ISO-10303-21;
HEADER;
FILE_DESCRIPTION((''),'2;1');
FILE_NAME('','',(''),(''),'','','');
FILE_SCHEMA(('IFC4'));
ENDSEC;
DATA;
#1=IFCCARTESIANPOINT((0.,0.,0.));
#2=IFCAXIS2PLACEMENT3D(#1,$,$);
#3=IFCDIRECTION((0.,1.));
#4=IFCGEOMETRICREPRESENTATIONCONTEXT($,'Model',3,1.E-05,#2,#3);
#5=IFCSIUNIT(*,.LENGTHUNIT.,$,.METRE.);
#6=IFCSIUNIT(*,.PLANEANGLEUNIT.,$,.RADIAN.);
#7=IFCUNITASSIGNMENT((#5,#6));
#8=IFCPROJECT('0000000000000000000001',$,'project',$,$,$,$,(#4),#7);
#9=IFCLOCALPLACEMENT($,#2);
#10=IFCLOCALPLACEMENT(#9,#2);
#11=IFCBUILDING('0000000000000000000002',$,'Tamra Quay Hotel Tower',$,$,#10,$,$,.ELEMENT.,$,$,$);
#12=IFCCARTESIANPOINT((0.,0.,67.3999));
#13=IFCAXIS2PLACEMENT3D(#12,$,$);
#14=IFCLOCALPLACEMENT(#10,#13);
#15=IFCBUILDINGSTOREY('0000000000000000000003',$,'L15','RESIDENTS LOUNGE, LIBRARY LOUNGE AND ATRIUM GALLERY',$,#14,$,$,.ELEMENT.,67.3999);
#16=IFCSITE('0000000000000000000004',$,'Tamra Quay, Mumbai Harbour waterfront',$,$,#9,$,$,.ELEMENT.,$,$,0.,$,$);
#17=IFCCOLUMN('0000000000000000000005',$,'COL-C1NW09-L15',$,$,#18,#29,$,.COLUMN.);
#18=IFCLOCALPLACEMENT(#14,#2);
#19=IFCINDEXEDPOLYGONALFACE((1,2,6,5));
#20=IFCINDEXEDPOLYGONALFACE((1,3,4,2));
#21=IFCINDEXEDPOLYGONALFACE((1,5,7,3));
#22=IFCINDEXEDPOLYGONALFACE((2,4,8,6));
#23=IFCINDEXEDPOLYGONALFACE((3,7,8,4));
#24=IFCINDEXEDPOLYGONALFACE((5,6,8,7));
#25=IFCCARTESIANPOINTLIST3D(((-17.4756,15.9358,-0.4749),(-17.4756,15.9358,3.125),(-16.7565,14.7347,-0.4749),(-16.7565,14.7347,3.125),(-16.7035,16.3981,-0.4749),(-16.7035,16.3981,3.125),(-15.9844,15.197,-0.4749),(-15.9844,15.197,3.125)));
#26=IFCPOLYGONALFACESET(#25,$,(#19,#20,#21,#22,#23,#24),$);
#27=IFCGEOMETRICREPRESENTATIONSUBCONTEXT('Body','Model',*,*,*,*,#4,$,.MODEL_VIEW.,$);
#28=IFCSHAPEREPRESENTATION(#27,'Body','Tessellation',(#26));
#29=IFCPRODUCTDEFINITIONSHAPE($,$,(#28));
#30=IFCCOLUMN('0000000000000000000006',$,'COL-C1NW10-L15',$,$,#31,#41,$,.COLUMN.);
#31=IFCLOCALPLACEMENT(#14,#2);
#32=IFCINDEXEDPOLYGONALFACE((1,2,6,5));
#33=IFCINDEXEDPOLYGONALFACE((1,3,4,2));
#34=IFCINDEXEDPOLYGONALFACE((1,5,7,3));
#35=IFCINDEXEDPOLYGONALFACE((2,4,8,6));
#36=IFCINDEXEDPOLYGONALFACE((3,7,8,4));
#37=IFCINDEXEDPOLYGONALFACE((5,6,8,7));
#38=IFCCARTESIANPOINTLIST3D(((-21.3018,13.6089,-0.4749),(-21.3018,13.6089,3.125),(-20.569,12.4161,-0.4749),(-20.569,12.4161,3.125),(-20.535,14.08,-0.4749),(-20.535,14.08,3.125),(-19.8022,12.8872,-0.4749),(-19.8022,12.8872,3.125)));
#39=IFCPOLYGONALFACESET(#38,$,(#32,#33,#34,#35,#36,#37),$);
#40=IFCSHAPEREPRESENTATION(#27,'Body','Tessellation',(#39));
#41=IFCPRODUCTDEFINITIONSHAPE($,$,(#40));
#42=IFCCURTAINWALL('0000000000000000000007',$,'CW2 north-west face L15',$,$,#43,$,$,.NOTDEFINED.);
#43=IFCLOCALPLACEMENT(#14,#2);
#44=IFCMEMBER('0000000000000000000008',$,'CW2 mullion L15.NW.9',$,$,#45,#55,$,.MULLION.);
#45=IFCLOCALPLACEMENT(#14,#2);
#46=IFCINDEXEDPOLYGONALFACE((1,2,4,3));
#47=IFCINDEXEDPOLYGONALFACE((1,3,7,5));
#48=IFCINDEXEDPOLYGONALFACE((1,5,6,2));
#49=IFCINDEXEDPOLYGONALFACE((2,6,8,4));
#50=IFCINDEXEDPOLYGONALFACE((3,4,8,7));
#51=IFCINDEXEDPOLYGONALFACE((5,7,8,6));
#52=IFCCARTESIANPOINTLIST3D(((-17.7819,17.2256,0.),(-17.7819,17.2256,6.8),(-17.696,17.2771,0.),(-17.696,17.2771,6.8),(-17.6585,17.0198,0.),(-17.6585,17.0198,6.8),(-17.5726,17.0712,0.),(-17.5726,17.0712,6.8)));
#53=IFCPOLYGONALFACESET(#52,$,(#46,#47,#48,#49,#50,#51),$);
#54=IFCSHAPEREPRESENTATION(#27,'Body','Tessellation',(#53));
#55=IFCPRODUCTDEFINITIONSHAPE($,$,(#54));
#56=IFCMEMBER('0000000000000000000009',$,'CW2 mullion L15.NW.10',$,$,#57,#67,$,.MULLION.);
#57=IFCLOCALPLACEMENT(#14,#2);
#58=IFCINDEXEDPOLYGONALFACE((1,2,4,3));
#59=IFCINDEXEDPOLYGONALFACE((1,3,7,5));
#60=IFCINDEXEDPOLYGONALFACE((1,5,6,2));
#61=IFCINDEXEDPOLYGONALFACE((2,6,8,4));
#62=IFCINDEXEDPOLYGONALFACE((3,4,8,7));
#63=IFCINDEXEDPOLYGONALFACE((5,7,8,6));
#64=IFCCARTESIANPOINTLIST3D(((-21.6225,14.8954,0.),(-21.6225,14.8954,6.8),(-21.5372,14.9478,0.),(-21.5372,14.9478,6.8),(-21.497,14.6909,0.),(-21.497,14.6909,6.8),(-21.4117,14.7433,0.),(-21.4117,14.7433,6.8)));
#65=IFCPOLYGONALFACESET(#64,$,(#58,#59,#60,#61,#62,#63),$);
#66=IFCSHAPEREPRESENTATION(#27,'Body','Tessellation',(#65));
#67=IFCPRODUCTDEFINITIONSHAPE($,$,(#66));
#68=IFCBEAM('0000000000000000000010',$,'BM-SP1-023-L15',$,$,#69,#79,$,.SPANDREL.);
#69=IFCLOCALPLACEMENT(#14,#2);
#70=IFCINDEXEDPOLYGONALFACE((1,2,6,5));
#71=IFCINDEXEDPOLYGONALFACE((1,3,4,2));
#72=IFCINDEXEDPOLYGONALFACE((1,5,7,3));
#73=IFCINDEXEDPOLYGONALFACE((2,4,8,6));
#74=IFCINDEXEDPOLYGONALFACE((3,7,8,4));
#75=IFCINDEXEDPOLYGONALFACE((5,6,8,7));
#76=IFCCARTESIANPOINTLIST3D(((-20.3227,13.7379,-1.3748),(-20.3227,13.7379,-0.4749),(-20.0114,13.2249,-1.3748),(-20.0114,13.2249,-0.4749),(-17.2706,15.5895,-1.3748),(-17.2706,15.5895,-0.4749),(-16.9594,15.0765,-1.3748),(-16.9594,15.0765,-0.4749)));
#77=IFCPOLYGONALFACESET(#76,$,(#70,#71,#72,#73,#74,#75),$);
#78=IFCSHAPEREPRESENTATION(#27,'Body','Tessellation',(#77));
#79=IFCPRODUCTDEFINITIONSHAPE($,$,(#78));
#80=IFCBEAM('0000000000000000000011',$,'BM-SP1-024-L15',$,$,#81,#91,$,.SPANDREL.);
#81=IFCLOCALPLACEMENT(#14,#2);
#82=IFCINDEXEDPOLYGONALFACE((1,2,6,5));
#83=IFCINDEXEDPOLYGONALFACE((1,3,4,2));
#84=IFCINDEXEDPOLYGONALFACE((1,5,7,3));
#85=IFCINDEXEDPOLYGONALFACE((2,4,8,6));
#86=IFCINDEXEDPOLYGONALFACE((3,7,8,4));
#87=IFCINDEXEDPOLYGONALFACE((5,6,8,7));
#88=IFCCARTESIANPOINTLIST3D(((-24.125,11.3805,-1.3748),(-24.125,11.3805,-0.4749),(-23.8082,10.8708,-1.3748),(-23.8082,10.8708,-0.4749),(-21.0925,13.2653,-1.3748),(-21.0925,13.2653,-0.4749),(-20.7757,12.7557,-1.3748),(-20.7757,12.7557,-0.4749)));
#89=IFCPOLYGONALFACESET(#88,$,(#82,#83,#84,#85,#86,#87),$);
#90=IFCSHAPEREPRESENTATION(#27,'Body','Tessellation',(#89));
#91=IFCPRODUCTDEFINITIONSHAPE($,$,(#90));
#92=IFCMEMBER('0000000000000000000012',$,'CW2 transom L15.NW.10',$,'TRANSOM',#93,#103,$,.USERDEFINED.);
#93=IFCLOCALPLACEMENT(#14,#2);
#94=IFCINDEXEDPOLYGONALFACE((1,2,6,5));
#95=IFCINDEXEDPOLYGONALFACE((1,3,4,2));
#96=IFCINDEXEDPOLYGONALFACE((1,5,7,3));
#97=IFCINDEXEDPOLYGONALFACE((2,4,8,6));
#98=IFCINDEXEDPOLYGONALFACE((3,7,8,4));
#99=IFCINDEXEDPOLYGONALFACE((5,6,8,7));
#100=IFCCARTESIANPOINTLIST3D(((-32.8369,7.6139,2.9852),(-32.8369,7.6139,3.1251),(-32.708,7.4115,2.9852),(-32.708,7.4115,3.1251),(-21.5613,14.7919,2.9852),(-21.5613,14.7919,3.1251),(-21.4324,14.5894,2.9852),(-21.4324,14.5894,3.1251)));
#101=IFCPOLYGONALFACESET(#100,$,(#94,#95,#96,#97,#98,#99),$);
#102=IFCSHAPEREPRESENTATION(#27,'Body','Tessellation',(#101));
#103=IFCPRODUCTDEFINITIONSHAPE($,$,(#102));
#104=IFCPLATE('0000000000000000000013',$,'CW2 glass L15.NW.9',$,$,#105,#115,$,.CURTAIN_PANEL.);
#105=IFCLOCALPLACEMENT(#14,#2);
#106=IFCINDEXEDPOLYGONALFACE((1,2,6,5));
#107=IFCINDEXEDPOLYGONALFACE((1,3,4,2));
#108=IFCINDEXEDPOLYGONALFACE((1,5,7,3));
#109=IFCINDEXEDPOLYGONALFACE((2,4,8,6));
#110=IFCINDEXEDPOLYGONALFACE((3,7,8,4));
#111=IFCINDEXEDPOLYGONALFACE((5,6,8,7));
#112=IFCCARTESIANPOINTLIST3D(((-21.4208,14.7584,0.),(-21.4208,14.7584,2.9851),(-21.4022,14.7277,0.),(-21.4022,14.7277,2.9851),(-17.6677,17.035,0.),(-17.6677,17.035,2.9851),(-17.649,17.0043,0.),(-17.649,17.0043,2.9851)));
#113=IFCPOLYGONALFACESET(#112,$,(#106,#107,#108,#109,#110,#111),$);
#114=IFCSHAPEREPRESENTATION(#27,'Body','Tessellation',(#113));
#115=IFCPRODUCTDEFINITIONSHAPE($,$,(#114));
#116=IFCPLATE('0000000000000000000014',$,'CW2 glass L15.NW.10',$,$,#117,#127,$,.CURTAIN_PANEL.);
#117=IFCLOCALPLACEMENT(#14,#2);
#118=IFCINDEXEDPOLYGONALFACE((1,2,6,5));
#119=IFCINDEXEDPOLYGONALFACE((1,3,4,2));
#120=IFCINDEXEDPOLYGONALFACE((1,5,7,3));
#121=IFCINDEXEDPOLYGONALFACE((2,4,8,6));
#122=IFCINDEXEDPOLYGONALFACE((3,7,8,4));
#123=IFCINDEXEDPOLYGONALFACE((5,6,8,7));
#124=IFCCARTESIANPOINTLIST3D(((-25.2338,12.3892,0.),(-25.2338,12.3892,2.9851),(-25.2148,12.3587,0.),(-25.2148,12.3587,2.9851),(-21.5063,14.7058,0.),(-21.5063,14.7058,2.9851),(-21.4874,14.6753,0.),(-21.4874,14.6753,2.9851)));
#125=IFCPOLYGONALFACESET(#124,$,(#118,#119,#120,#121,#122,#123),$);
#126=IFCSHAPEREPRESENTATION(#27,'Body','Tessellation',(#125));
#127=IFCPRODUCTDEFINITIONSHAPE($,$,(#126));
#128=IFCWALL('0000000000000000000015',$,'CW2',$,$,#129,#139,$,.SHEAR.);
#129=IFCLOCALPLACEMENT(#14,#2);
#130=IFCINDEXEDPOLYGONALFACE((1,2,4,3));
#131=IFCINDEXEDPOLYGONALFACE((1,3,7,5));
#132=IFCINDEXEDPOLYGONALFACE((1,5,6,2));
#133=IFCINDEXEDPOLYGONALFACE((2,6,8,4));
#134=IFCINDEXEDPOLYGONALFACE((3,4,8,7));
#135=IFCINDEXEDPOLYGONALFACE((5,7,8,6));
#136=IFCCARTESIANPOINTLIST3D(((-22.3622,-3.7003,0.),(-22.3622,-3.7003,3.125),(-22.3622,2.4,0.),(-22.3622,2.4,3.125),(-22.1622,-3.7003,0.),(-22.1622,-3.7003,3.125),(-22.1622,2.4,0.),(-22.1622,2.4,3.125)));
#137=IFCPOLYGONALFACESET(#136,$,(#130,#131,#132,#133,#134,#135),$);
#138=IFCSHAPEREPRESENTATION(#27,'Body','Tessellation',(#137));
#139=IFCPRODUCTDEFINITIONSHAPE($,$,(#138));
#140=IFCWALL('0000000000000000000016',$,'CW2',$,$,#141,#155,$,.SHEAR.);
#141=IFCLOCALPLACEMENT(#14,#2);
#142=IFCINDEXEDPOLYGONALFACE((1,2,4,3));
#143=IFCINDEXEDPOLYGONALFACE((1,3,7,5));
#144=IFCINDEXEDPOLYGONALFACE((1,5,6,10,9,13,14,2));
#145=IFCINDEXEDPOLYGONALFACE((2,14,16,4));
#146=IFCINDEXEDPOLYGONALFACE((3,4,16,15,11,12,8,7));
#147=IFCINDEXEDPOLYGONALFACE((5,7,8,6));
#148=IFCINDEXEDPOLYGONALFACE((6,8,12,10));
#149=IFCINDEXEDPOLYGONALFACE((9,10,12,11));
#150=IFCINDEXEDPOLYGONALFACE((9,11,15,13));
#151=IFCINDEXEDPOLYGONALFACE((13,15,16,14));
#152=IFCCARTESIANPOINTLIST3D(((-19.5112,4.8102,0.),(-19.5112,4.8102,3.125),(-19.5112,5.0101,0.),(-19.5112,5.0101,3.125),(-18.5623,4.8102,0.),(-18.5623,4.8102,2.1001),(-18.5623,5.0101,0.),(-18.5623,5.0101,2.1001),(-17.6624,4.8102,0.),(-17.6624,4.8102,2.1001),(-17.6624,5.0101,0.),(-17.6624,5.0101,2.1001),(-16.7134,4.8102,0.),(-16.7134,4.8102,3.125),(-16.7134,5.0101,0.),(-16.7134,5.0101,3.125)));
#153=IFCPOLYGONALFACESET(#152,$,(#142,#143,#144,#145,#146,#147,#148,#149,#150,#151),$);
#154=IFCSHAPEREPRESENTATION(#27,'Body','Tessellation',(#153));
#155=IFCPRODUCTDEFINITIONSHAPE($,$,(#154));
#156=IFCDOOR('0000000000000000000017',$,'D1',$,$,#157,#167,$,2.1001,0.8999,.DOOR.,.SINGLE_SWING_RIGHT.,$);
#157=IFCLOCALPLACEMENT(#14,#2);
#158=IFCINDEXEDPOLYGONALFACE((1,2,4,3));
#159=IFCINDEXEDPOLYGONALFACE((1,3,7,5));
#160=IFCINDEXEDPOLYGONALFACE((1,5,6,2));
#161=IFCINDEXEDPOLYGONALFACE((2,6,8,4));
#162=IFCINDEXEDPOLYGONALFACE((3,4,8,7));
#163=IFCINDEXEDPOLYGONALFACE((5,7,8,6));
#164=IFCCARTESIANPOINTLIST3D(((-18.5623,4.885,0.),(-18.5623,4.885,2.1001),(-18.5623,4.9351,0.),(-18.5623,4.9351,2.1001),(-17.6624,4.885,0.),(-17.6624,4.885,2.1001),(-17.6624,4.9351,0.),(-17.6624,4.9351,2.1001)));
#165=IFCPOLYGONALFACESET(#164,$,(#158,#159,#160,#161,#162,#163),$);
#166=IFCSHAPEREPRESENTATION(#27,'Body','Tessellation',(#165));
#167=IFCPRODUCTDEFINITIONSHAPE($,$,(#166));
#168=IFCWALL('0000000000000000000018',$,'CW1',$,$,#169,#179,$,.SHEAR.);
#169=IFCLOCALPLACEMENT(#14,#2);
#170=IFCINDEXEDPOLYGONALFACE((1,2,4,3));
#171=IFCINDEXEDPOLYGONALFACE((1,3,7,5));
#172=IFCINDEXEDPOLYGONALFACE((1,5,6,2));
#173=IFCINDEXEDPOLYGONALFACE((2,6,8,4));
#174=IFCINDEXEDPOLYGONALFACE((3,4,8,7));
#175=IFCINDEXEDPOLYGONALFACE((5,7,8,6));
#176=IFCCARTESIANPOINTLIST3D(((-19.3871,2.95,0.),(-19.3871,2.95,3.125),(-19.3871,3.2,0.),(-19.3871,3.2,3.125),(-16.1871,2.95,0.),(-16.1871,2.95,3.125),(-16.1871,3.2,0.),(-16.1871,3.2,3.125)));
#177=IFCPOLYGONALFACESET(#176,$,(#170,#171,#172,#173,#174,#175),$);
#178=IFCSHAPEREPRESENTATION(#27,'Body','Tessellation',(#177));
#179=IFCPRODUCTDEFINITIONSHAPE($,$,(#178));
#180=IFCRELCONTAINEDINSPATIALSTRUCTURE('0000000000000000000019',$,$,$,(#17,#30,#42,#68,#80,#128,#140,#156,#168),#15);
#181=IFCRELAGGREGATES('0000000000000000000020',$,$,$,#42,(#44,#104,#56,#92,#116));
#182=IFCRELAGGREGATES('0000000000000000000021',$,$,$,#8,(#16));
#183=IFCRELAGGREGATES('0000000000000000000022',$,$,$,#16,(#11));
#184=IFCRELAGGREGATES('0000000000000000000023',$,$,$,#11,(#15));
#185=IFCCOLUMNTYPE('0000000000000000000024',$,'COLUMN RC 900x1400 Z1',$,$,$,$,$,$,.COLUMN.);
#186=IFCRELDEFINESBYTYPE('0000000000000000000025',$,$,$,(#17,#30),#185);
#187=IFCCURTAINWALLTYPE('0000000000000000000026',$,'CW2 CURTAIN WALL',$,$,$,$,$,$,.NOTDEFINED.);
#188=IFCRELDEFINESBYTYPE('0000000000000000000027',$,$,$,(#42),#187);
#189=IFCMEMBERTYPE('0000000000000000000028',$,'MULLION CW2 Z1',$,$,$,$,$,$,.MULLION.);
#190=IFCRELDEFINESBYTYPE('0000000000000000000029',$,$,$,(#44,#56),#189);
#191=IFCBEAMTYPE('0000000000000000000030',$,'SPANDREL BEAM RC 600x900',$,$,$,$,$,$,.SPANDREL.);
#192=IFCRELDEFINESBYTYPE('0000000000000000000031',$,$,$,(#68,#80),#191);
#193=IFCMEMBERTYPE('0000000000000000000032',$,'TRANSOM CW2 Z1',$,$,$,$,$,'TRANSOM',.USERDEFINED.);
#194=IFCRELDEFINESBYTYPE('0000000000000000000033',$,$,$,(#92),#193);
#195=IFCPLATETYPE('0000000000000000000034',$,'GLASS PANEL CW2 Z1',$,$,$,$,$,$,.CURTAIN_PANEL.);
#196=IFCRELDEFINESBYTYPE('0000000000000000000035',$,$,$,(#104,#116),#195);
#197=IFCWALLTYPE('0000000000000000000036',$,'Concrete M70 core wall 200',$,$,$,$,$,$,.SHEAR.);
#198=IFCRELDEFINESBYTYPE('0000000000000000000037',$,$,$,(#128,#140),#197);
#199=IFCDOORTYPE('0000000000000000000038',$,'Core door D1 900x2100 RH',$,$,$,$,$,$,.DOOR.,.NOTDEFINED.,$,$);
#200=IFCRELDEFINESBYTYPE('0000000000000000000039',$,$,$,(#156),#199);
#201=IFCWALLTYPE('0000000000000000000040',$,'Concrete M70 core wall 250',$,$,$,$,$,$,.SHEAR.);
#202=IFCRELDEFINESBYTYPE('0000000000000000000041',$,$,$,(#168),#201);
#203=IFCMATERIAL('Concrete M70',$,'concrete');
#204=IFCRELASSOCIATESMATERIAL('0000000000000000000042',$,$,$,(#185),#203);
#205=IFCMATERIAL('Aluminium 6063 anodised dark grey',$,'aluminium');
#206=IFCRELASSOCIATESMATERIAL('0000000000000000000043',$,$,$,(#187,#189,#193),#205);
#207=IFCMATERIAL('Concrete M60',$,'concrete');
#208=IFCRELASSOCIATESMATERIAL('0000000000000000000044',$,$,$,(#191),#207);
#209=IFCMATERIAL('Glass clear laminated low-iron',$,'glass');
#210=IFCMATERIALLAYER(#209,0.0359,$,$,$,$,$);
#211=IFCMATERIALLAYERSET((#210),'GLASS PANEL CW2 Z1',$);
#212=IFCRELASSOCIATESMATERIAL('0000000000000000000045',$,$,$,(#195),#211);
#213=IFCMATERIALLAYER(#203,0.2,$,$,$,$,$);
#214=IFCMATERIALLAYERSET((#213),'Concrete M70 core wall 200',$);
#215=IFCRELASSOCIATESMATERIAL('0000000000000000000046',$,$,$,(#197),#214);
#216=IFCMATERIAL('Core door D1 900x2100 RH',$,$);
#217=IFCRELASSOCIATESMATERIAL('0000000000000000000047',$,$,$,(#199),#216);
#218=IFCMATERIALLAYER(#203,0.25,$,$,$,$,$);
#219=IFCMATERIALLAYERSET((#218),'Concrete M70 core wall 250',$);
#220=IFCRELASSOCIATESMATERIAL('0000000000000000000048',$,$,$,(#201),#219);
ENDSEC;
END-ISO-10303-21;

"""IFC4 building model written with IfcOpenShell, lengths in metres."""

from ifc_helpers import new_model, si_unit, direction, frame, frame_2d, origin, origin_2d, place, context, subcontext, project, spatial, rectangle, extrude, material, layer, layer_set, material_profile, profile_set, type_object, element, fill, aggregate, save


model = new_model("IFC4")

# Units and contexts
model_context = context("Model", 3, precision=1e-05, world=origin(), true_north=direction((0.0, 1.0)))
body_context = subcontext(model_context, "Body", "Model", "MODEL_VIEW")
ifc_project = project(units=[si_unit("LENGTHUNIT", "METRE"), si_unit("PLANEANGLEUNIT", "RADIAN")], contexts=[model_context])

# Site, building, storey
site_placement = place(None, origin())
site = spatial("IfcSite", under=ifc_project, at=site_placement, Name="Tamra Quay, Mumbai Harbour waterfront", CompositionType="ELEMENT", RefElevation=0.0)
building_placement = place(site_placement, origin())
building = spatial("IfcBuilding", under=site, at=building_placement, Name="Tamra Quay Hotel Tower", CompositionType="ELEMENT")
storey_placement = place(building_placement, frame((0.0, 0.0, 67.3999)))
storey = spatial("IfcBuildingStorey", under=building, at=storey_placement, Name="L15", Description="RESIDENTS LOUNGE, LIBRARY LOUNGE AND ATRIUM GALLERY", CompositionType="ELEMENT", Elevation=67.3999)

# Columns
ifc_material_1 = material(Name="Concrete M70", Category="concrete")
ifc_material_profile_1 = material_profile(ifc_material_1, rectangle(XDim=1.3999, YDim=0.8999, at=origin_2d()), Name="COLUMN RC 900x1400 Z1")
ifc_profile_set_1 = profile_set([ifc_material_profile_1], Name="Concrete M70")
column_type = type_object("IfcColumnType", Name="COLUMN RC 900x1400 Z1", PredefinedType="COLUMN", material=ifc_profile_set_1)
for number, where, z_axis, x_axis, name in (
    (1, (-16.73, 15.5664, -0.4749), (0.0, 0.0, 1.0), (-0.513654, 0.857998, 0.0), "COL-C1NW09-L15"),
    (2, (-20.552, 13.248, -0.4749), (0.0, 0.0, 1.0), (-0.52343, 0.852069, 0.0), "COL-C1NW10-L15"),
):
    element("IfcColumn", number, at=place(storey_placement, frame(where, z_axis=z_axis, x_axis=x_axis)), inside=storey, type_object=column_type, Name=name, PredefinedType="COLUMN", context=body_context, shape_type="SweptSolid", body=[
        extrude(rectangle(XDim=1.3999, YDim=0.8999, at=origin_2d()), origin(), (0.0, 0.0, 1.0), 3.5999),
    ])

# Curtain wall, members
ifc_material_2 = material(Name="Aluminium 6063 anodised dark grey", Category="aluminium")
curtain_wall_type = type_object("IfcCurtainWallType", Name="CW2 CURTAIN WALL", PredefinedType="NOTDEFINED", material=ifc_material_2)
curtain_wall_placement = place(storey_placement, origin())
curtain_wall = element("IfcCurtainWall", 3, at=curtain_wall_placement, inside=storey, type_object=curtain_wall_type, Name="CW2 north-west face L15", PredefinedType="NOTDEFINED")
ifc_material_profile_2 = material_profile(ifc_material_2, rectangle(XDim=0.24, YDim=0.1001, at=origin_2d()), Name="MULLION 100X240")
ifc_profile_set_2 = profile_set([ifc_material_profile_2], Name="Aluminium 6063 anodised dark grey")
member_type_1 = type_object("IfcMemberType", Name="MULLION CW2 Z1", PredefinedType="MULLION", material=ifc_profile_set_2)
member_1_placement = place(storey_placement, frame((-17.6772, 17.1484, 0.0), z_axis=(0.0, 0.0, 1.0), x_axis=(-0.514005, 0.857787, 0.0)))
member_1 = element("IfcMember", 4, at=member_1_placement, type_object=member_type_1, Name="CW2 mullion L15.NW.9", PredefinedType="MULLION", context=body_context, shape_type="SweptSolid", body=[
    extrude(rectangle(XDim=0.24, YDim=0.1001, at=origin_2d()), origin(), (0.0, 0.0, 1.0), 6.8),
])
member_2_placement = place(storey_placement, frame((-21.5171, 14.8193, 0.0), z_axis=(0.0, 0.0, 1.0), x_axis=(-0.523257, 0.852175, 0.0)))
member_2 = element("IfcMember", 5, at=member_2_placement, type_object=member_type_1, Name="CW2 mullion L15.NW.10", PredefinedType="MULLION", context=body_context, shape_type="SweptSolid", body=[
    extrude(rectangle(XDim=0.24, YDim=0.1001, at=origin_2d()), origin(), (0.0, 0.0, 1.0), 6.8),
])

# Beams
ifc_material_3 = material(Name="Concrete M60", Category="concrete")
ifc_material_profile_3 = material_profile(ifc_material_3, rectangle(XDim=0.6001, YDim=0.8999, at=origin_2d()), Name="SPANDREL BEAM RC 600x900")
ifc_profile_set_3 = profile_set([ifc_material_profile_3], Name="Concrete M60")
beam_type = type_object("IfcBeamType", Name="SPANDREL BEAM RC 600x900", PredefinedType="SPANDREL", material=ifc_profile_set_3)
beam_1_placement = place(storey_placement, frame((-17.115, 15.333, -0.9248), z_axis=(-0.854966, -0.518684, 0.0), x_axis=(0.518684, -0.854966, 0.0)))
element("IfcBeam", 6, at=beam_1_placement, inside=storey, type_object=beam_type, Name="BM-SP1-023-L15", PredefinedType="SPANDREL", context=body_context, shape_type="SweptSolid", body=[
    extrude(rectangle(XDim=0.6001, YDim=0.8999, at=origin_2d()), origin(), (0.0, 0.0, 1.0), 3.5698),
])
beam_2_placement = place(storey_placement, frame((-20.9341, 13.0105, -0.9248), z_axis=(-0.849321, -0.527877, 0.0), x_axis=(0.527877, -0.849321, 0.0)))
element("IfcBeam", 7, at=beam_2_placement, inside=storey, type_object=beam_type, Name="BM-SP1-024-L15", PredefinedType="SPANDREL", context=body_context, shape_type="SweptSolid", body=[
    extrude(rectangle(XDim=0.6001, YDim=0.8999, at=origin_2d()), origin(), (0.0, 0.0, 1.0), 3.5706),
])

# Member
ifc_material_profile_4 = material_profile(ifc_material_2, rectangle(XDim=0.24, YDim=0.1399, at=origin_2d()), Name="TRANSOM 240X140")
ifc_profile_set_4 = profile_set([ifc_material_profile_4], Name="Aluminium 6063 anodised dark grey")
member_type_2 = type_object("IfcMemberType", Name="TRANSOM CW2 Z1", ElementType="TRANSOM", PredefinedType="USERDEFINED", material=ifc_profile_set_4)
member_3_placement = place(storey_placement, frame((-21.4968, 14.6907, 3.0552), z_axis=(-0.843574, -0.537013, 0.0), x_axis=(0.537013, -0.843574, 0.0)))
member_3 = element("IfcMember", 8, at=member_3_placement, type_object=member_type_2, Name="CW2 transom L15.NW.10", ObjectType="TRANSOM", PredefinedType="USERDEFINED", context=body_context, shape_type="SweptSolid", body=[
    extrude(rectangle(XDim=0.24, YDim=0.1399, at=origin_2d()), origin(), (0.0, 0.0, 1.0), 13.3665),
])

# Plates
ifc_material_4 = material(Name="Glass clear laminated low-iron", Category="glass")
ifc_layer_1 = layer(ifc_material_4, 0.0359)
ifc_layer_set_1 = layer_set([ifc_layer_1], Name="GLASS PANEL CW2 Z1")
plate_type = type_object("IfcPlateType", Name="GLASS PANEL CW2 Z1", PredefinedType="CURTAIN_PANEL", material=ifc_layer_set_1)
plate_1_placement = place(storey_placement, frame((-19.5349, 15.8813, 0.0), z_axis=(0.0, 0.0, 1.0), x_axis=(-0.854993, -0.518639, 0.0)))
plate_1 = element("IfcPlate", 9, at=plate_1_placement, type_object=plate_type, Name="CW2 glass L15.NW.9", PredefinedType="CURTAIN_PANEL", context=body_context, shape_type="SweptSolid", body=[
    extrude(rectangle(XDim=4.3896, YDim=0.0359, at=origin_2d()), origin(), (0.0, 0.0, 1.0), 2.9851),
])
plate_2_placement = place(storey_placement, frame((-23.3606, 13.5322, 0.0), z_axis=(0.0, 0.0, 1.0), x_axis=(-0.849331, -0.52786, 0.0)))
plate_2 = element("IfcPlate", 10, at=plate_2_placement, type_object=plate_type, Name="CW2 glass L15.NW.10", PredefinedType="CURTAIN_PANEL", context=body_context, shape_type="SweptSolid", body=[
    extrude(rectangle(XDim=4.3887, YDim=0.0359, at=origin_2d()), origin(), (0.0, 0.0, 1.0), 2.9851),
])
aggregate(curtain_wall, [member_1, plate_1, member_2, member_3, plate_2])

# Wall
ifc_layer_2 = layer(ifc_material_1, 0.2)
ifc_layer_set_2 = layer_set([ifc_layer_2], Name="Concrete M70 core wall 200")
wall_type_1 = type_object("IfcWallType", Name="Concrete M70 core wall 200", PredefinedType="SHEAR", material=ifc_layer_set_2)
wall_1_placement = place(storey_placement, frame((-22.2622, 2.4001, 0.0), z_axis=(0.0, 0.0, 1.0), x_axis=(0.0, -1.0, 0.0)))
element("IfcWall", 11, at=wall_1_placement, inside=storey, type_object=wall_type_1, Name="CW2", PredefinedType="SHEAR", context=body_context, shape_type="SweptSolid", body=[
    extrude(rectangle(XDim=6.1003, YDim=0.2, at=frame_2d((3.0503, 0.0))), origin(), (0.0, 0.0, 1.0), 3.125),
])

# Wall, opening, door
wall_2_placement = place(storey_placement, frame((-19.5112, 4.9102, 0.0), z_axis=(0.0, 0.0, 1.0), x_axis=(1.0, 0.0, 0.0)))
wall_2 = element("IfcWall", 12, at=wall_2_placement, inside=storey, type_object=wall_type_1, Name="CW2", PredefinedType="SHEAR", context=body_context, shape_type="SweptSolid", body=[
    extrude(rectangle(XDim=2.7979, YDim=0.2, at=frame_2d((1.3989, 0.0))), origin(), (0.0, 0.0, 1.0), 3.125),
])
opening_1_placement = place(wall_2_placement, frame((0.949, 0.0, 0.0)))
opening_1 = element("IfcOpeningElement", 13, at=opening_1_placement, cuts=wall_2, PredefinedType="OPENING", context=body_context, shape_type="SweptSolid", body=[
    extrude(rectangle(XDim=0.8999, YDim=2.1001, at=frame_2d((0.45, 1.05))), frame((0.0, 0.1099, 0.0), z_axis=(0.0, -1.0, 0.0), x_axis=(1.0, 0.0, 0.0)), (0.0, 0.0, 1.0), 0.22),
])
ifc_material_5 = material(Name="Core door D1 900x2100 RH")
door_type_1 = type_object("IfcDoorType", Name="Core door D1 900x2100 RH", OperationType="NOTDEFINED", PredefinedType="DOOR", material=ifc_material_5)
door_1_placement = place(opening_1_placement, origin())
door_1 = element("IfcDoor", 14, at=door_1_placement, inside=storey, type_object=door_type_1, Name="D1", OperationType="SINGLE_SWING_RIGHT", OverallHeight=2.1001, OverallWidth=0.8999, PredefinedType="DOOR", context=body_context, shape_type="SweptSolid", body=[
    extrude(rectangle(XDim=0.8999, YDim=2.1001, at=frame_2d((0.45, 1.05))), frame((0.0, 0.0249, 0.0), z_axis=(0.0, -1.0, 0.0), x_axis=(1.0, 0.0, 0.0)), (0.0, 0.0, 1.0), 0.05),
])
fill(opening_1, door_1)

# Wall
ifc_layer_3 = layer(ifc_material_1, 0.25)
ifc_layer_set_3 = layer_set([ifc_layer_3], Name="Concrete M70 core wall 250")
wall_type_2 = type_object("IfcWallType", Name="Concrete M70 core wall 250", PredefinedType="SHEAR", material=ifc_layer_set_3)
wall_3_placement = place(storey_placement, frame((-19.3872, 3.075, 0.0), z_axis=(0.0, 0.0, 1.0), x_axis=(1.0, 0.0, 0.0)))
element("IfcWall", 15, at=wall_3_placement, inside=storey, type_object=wall_type_2, Name="CW1", PredefinedType="SHEAR", context=body_context, shape_type="SweptSolid", body=[
    extrude(rectangle(XDim=3.2, YDim=0.25, at=frame_2d((1.6001, 0.0))), origin(), (0.0, 0.0, 1.0), 3.125),
])

save(model, "model.ifc")
